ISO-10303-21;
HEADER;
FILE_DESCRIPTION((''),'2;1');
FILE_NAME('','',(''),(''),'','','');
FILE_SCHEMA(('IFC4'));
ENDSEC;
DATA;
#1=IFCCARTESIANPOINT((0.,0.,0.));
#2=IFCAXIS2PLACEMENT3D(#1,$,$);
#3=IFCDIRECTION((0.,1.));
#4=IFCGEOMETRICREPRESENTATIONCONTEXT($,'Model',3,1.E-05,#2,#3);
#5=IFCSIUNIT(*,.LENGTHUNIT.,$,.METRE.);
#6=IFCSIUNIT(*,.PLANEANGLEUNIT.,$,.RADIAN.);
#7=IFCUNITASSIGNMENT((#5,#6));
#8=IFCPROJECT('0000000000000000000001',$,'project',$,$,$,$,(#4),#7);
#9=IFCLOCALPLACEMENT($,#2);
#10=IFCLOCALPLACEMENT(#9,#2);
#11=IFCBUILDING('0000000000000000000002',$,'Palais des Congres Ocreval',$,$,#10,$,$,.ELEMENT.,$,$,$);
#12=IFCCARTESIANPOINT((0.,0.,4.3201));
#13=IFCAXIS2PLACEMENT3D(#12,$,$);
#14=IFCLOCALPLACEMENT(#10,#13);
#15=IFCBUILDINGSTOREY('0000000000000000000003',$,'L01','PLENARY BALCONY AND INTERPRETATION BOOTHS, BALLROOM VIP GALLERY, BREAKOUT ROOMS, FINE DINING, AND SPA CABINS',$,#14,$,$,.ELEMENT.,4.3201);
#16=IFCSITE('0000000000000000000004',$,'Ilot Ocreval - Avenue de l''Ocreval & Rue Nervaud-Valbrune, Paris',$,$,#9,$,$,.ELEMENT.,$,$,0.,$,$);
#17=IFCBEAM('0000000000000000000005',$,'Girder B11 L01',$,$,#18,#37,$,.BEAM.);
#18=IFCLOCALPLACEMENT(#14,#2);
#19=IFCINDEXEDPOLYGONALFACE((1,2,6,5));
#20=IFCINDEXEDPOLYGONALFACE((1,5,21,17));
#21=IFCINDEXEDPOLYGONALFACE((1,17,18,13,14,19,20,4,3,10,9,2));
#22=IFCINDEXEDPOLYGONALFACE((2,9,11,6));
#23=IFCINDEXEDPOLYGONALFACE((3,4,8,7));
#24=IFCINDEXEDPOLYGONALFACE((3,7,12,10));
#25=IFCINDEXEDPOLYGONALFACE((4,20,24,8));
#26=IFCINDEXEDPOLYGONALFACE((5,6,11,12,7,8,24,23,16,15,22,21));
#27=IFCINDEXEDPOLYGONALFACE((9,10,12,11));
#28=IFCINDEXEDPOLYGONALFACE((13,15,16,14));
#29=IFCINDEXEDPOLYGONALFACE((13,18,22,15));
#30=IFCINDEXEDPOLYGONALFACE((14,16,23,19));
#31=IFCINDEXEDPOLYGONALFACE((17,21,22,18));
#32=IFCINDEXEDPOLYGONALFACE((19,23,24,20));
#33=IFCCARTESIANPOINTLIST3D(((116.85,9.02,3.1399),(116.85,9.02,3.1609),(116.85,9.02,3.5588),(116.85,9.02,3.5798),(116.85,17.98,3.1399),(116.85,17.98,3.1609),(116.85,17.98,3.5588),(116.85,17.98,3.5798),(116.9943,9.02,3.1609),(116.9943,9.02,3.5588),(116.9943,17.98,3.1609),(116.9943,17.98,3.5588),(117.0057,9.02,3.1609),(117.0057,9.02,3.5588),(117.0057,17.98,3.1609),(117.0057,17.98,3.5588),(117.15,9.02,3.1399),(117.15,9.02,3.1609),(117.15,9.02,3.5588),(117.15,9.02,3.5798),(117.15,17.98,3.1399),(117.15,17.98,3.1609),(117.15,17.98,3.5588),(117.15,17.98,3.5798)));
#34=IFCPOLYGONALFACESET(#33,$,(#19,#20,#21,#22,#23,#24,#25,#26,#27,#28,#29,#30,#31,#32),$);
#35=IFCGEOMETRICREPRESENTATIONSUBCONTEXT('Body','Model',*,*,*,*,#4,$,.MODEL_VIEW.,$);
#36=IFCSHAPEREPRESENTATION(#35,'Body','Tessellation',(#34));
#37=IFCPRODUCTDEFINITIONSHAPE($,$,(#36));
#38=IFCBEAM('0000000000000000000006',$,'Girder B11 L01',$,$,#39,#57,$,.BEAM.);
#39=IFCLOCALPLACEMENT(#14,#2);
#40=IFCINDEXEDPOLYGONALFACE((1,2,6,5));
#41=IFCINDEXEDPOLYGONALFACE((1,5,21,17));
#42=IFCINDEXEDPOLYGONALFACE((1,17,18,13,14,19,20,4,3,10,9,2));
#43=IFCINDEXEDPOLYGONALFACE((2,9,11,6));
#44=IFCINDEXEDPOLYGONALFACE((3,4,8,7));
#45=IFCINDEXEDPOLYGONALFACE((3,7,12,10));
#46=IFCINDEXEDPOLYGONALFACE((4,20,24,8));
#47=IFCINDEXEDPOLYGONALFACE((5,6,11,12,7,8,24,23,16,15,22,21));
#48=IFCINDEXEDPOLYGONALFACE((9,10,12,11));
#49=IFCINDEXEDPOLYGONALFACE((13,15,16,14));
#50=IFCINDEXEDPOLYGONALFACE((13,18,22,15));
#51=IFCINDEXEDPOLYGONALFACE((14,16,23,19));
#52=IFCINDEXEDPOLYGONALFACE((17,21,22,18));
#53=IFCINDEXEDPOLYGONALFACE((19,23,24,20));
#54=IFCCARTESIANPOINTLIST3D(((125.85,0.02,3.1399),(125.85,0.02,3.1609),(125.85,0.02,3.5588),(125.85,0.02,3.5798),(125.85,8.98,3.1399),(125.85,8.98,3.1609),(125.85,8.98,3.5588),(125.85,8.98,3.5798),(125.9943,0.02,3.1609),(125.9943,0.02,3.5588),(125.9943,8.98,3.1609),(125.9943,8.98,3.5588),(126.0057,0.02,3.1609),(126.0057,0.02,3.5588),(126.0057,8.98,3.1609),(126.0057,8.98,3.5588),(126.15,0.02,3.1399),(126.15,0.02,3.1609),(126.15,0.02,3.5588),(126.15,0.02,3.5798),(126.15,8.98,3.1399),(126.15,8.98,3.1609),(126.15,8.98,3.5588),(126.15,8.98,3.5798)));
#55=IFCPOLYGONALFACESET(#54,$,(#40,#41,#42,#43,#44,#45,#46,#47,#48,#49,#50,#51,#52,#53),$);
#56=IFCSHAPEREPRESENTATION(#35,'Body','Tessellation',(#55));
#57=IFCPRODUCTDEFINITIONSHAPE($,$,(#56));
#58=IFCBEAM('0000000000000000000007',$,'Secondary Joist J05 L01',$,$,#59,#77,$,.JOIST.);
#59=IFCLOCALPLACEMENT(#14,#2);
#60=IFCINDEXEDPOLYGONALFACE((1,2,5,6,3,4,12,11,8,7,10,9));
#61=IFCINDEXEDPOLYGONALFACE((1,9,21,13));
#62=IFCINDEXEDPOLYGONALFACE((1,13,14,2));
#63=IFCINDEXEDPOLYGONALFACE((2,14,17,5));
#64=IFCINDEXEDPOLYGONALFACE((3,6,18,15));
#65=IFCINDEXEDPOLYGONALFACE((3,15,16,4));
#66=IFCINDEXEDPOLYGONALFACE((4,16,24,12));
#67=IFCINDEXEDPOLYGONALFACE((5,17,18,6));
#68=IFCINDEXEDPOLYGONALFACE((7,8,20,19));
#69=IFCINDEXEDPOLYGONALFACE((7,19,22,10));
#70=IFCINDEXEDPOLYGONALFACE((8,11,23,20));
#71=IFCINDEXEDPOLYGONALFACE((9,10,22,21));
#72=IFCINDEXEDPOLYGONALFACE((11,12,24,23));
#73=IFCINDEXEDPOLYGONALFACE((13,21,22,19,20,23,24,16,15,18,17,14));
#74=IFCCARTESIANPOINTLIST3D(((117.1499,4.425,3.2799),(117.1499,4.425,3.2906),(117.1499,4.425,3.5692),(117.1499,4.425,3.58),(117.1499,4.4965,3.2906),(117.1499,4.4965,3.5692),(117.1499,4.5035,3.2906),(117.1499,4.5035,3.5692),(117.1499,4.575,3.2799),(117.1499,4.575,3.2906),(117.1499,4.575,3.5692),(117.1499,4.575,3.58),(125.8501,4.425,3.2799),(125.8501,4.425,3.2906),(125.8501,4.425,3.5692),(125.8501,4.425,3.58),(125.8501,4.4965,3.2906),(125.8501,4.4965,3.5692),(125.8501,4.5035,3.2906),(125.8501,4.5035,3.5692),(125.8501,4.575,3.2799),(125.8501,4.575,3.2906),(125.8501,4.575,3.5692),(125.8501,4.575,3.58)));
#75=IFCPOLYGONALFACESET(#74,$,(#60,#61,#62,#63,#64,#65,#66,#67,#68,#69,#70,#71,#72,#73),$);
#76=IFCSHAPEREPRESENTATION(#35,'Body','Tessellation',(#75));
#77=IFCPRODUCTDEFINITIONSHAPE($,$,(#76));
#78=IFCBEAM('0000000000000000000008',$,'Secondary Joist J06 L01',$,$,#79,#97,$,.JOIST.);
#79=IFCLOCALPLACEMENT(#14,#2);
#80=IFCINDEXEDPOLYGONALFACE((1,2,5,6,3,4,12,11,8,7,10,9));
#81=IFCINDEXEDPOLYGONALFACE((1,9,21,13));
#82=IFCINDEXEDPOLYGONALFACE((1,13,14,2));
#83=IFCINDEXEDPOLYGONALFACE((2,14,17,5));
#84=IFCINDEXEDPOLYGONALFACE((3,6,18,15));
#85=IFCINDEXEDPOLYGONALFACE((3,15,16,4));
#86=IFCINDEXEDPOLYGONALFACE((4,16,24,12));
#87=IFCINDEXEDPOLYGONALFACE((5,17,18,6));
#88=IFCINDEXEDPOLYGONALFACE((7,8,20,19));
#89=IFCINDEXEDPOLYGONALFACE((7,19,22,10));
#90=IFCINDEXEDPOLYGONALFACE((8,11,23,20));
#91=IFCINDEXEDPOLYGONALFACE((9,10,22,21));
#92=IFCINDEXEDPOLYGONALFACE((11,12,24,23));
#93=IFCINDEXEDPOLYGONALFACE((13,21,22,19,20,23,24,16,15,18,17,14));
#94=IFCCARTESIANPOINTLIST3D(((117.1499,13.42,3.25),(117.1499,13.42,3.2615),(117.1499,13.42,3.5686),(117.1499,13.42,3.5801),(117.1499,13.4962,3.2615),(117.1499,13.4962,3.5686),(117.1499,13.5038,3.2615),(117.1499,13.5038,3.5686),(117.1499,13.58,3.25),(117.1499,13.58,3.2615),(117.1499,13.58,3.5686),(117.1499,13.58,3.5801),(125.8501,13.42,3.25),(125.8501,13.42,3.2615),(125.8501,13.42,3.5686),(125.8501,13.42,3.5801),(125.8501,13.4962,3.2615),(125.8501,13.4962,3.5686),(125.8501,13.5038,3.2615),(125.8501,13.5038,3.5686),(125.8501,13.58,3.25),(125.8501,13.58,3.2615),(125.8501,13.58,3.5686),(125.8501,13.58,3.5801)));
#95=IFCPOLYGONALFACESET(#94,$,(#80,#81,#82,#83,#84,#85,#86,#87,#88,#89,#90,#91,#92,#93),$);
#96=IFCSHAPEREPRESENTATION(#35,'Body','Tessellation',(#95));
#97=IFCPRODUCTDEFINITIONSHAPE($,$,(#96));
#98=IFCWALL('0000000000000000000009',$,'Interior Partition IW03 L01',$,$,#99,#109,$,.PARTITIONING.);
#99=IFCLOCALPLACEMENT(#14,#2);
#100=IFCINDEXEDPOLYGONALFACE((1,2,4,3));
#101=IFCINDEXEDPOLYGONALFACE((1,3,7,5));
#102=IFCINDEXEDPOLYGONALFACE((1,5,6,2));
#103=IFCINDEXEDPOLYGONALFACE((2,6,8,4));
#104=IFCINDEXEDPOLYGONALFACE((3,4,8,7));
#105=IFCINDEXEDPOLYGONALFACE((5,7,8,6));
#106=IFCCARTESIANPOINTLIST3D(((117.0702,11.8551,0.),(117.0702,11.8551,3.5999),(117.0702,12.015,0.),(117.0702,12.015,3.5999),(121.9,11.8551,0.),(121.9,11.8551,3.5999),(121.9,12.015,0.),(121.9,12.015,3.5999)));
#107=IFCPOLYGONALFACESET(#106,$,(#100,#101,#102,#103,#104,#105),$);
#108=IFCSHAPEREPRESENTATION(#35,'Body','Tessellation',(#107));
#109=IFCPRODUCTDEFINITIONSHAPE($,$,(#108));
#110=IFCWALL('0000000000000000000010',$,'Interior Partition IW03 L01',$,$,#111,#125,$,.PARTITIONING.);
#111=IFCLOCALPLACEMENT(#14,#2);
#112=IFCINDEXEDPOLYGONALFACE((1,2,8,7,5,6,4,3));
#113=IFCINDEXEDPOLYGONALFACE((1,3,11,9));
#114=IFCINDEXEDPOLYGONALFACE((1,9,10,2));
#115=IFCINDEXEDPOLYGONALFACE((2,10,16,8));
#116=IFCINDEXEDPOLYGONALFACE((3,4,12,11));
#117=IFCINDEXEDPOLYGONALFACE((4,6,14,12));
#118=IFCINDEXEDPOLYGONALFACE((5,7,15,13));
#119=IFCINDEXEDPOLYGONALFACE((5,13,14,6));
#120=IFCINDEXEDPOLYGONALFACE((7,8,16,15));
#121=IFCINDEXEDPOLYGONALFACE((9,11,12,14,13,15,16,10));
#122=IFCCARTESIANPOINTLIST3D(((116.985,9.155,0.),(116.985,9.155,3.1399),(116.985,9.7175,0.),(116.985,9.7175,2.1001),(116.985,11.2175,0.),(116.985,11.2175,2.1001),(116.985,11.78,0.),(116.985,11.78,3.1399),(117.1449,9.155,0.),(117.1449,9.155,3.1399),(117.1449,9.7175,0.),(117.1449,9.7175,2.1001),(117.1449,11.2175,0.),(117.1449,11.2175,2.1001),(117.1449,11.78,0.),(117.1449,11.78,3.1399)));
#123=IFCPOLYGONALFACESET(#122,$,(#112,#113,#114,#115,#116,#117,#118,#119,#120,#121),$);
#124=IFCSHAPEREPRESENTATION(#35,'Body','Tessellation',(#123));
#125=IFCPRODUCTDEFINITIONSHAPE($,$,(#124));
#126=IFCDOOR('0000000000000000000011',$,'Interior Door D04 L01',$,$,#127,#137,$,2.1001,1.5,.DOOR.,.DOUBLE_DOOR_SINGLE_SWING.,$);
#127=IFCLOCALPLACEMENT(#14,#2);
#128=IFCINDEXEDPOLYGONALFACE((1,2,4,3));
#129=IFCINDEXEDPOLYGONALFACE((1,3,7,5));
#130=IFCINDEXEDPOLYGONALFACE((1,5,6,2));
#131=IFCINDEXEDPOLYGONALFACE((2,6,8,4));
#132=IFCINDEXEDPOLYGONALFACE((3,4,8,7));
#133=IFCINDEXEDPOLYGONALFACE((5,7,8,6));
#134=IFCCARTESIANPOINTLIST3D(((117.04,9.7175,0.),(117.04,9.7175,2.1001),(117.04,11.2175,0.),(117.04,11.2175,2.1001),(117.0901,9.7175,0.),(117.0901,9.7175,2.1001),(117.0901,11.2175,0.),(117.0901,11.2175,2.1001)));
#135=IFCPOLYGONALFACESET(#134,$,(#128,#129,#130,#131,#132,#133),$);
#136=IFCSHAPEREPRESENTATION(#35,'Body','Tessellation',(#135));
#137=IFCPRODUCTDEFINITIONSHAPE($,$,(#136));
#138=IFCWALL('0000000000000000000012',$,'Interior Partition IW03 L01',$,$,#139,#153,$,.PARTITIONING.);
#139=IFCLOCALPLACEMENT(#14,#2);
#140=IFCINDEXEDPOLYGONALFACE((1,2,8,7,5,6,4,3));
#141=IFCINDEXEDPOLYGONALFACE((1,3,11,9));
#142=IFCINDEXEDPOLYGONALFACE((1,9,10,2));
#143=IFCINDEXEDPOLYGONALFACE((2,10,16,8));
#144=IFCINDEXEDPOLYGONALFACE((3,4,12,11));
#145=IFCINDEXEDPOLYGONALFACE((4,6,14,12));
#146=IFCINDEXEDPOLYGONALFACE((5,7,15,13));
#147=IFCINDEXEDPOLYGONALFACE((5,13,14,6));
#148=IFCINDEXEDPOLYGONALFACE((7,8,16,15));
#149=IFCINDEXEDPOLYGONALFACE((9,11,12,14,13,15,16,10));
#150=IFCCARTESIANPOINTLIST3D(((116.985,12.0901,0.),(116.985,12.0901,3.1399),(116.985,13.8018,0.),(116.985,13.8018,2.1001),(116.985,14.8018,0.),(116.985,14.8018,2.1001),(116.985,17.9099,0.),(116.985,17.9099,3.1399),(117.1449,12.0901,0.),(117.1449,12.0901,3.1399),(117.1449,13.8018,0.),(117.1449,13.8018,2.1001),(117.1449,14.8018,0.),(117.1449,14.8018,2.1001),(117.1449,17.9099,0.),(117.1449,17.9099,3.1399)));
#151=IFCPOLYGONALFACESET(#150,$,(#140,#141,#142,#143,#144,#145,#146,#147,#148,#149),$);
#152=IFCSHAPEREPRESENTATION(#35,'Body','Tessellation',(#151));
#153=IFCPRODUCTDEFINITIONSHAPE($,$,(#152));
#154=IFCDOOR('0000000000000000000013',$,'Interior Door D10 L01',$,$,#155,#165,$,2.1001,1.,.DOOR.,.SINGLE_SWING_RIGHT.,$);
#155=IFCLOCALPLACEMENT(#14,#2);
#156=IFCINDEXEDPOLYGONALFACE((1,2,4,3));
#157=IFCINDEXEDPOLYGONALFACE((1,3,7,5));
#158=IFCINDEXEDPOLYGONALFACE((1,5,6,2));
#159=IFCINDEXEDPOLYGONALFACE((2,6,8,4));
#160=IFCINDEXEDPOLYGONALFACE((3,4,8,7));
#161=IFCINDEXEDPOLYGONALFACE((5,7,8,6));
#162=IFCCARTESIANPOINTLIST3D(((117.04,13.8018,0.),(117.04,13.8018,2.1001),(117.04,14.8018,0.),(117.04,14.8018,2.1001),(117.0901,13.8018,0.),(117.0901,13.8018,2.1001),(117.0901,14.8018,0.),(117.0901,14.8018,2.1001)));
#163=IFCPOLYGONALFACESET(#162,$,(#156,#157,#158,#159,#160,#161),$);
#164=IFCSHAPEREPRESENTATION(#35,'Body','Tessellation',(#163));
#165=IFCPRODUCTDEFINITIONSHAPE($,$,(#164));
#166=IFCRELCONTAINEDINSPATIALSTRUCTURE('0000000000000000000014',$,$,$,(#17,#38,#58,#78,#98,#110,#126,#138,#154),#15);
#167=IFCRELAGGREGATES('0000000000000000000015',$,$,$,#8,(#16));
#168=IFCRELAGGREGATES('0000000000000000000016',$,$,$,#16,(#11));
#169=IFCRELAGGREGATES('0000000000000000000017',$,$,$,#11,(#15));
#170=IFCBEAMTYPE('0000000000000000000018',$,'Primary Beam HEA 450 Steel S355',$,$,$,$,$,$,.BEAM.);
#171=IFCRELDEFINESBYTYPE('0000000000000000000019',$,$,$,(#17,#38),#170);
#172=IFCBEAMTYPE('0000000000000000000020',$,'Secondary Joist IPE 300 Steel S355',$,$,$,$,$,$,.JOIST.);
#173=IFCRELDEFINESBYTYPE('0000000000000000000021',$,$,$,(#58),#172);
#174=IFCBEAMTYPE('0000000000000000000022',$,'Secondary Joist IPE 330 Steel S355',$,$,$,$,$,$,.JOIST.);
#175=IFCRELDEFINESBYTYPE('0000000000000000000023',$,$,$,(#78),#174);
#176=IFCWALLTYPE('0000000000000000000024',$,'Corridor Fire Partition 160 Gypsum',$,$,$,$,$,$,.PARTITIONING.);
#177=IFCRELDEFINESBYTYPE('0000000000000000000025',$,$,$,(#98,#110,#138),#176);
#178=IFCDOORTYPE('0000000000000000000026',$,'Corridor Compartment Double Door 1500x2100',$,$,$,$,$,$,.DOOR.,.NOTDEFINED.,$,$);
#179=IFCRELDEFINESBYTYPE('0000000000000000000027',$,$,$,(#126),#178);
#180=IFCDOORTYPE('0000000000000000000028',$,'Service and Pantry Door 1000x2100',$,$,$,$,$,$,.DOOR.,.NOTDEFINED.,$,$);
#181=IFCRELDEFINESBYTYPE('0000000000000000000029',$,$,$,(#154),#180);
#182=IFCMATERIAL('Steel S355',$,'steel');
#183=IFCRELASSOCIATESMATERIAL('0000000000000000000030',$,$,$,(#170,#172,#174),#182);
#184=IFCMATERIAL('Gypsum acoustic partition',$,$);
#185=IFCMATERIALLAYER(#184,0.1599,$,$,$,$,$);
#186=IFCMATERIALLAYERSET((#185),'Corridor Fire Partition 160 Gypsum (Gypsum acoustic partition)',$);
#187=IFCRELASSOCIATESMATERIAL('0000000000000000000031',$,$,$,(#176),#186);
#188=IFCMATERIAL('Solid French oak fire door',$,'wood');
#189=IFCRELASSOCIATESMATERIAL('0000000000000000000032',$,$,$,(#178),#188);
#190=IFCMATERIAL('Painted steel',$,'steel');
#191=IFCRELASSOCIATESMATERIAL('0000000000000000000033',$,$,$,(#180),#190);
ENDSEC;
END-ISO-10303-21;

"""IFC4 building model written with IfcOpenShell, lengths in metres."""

from ifc_helpers import new_model, si_unit, direction, frame, frame_2d, origin, origin_2d, place, context, subcontext, project, spatial, rectangle, i_section, extrude, material, layer, layer_set, material_profile, profile_set, type_object, element, fill, save


model = new_model("IFC4")

# Units and contexts
model_context = context("Model", 3, precision=1e-05, world=origin(), true_north=direction((0.0, 1.0)))
body_context = subcontext(model_context, "Body", "Model", "MODEL_VIEW")
ifc_project = project(units=[si_unit("LENGTHUNIT", "METRE"), si_unit("PLANEANGLEUNIT", "RADIAN")], contexts=[model_context])

# Site, building, storey
site_placement = place(None, origin())
site = spatial("IfcSite", under=ifc_project, at=site_placement, Name="Ilot Ocreval - Avenue de l'Ocreval & Rue Nervaud-Valbrune, Paris", CompositionType="ELEMENT", RefElevation=0.0)
building_placement = place(site_placement, origin())
building = spatial("IfcBuilding", under=site, at=building_placement, Name="Palais des Congres Ocreval", CompositionType="ELEMENT")
storey_placement = place(building_placement, frame((0.0, 0.0, 4.3201)))
storey = spatial("IfcBuildingStorey", under=building, at=storey_placement, Name="L01", Description="PLENARY BALCONY AND INTERPRETATION BOOTHS, BALLROOM VIP GALLERY, BREAKOUT ROOMS, FINE DINING, AND SPA CABINS", CompositionType="ELEMENT", Elevation=4.3201)

# Shared definitions
ifc_material_1 = material(Name="Steel S355", Category="steel")

# Beams
ifc_material_profile_1 = material_profile(ifc_material_1, i_section(OverallWidth=0.3, OverallDepth=0.4399, WebThickness=0.0115, FlangeThickness=0.021, at=origin_2d()), Name="HEA 450")
ifc_profile_set_1 = profile_set([ifc_material_profile_1], Name="Steel S355")
beam_type_1 = type_object("IfcBeamType", Name="Primary Beam HEA 450 Steel S355", PredefinedType="BEAM", material=ifc_profile_set_1)
for number, where, z_axis, x_axis, name in (
    (1, (117.0, 9.02, 3.3599), (0.0, 1.0, 0.0), (-1.0, 0.0, 0.0), "Girder B11 L01"),
    (2, (126.0, 0.02, 3.3599), (0.0, 1.0, 0.0), (-1.0, 0.0, 0.0), "Girder B11 L01"),
):
    element("IfcBeam", number, at=place(storey_placement, frame(where, z_axis=z_axis, x_axis=x_axis)), inside=storey, type_object=beam_type_1, Name=name, PredefinedType="BEAM", context=body_context, shape_type="SweptSolid", body=[
        extrude(i_section(OverallWidth=0.3, OverallDepth=0.4399, WebThickness=0.0115, FlangeThickness=0.021, at=origin_2d()), origin(), (0.0, 0.0, 1.0), 8.96),
    ])
ifc_material_profile_2 = material_profile(ifc_material_1, i_section(OverallWidth=0.1499, OverallDepth=0.3, WebThickness=0.0071, FlangeThickness=0.0107, at=origin_2d()), Name="IPE 300")
ifc_profile_set_2 = profile_set([ifc_material_profile_2], Name="Steel S355")
beam_type_2 = type_object("IfcBeamType", Name="Secondary Joist IPE 300 Steel S355", PredefinedType="JOIST", material=ifc_profile_set_2)
beam_1_placement = place(storey_placement, frame((117.1499, 4.5, 3.4299), z_axis=(1.0, 0.0, 0.0), x_axis=(0.0, 1.0, 0.0)))
element("IfcBeam", 3, at=beam_1_placement, inside=storey, type_object=beam_type_2, Name="Secondary Joist J05 L01", PredefinedType="JOIST", context=body_context, shape_type="SweptSolid", body=[
    extrude(i_section(OverallWidth=0.1499, OverallDepth=0.3, WebThickness=0.0071, FlangeThickness=0.0107, at=origin_2d()), origin(), (0.0, 0.0, 1.0), 8.7002),
])
ifc_material_profile_3 = material_profile(ifc_material_1, i_section(OverallWidth=0.1599, OverallDepth=0.3301, WebThickness=0.0076, FlangeThickness=0.0115, at=origin_2d()), Name="IPE 330")
ifc_profile_set_3 = profile_set([ifc_material_profile_3], Name="Steel S355")
beam_type_3 = type_object("IfcBeamType", Name="Secondary Joist IPE 330 Steel S355", PredefinedType="JOIST", material=ifc_profile_set_3)
beam_2_placement = place(storey_placement, frame((117.1499, 13.5, 3.415), z_axis=(1.0, 0.0, 0.0), x_axis=(0.0, 1.0, 0.0)))
element("IfcBeam", 4, at=beam_2_placement, inside=storey, type_object=beam_type_3, Name="Secondary Joist J06 L01", PredefinedType="JOIST", context=body_context, shape_type="SweptSolid", body=[
    extrude(i_section(OverallWidth=0.1599, OverallDepth=0.3301, WebThickness=0.0076, FlangeThickness=0.0115, at=origin_2d()), origin(), (0.0, 0.0, 1.0), 8.7002),
])

# Wall
ifc_material_2 = material(Name="Gypsum acoustic partition")
ifc_layer_1 = layer(ifc_material_2, 0.1599)
ifc_layer_set_1 = layer_set([ifc_layer_1], Name="Corridor Fire Partition 160 Gypsum (Gypsum acoustic partition)")
wall_type_1 = type_object("IfcWallType", Name="Corridor Fire Partition 160 Gypsum", PredefinedType="PARTITIONING", material=ifc_layer_set_1)
wall_1_placement = place(storey_placement, frame((117.0701, 11.9351, 0.0), z_axis=(0.0, 0.0, 1.0), x_axis=(1.0, 0.0, 0.0)))
element("IfcWall", 5, at=wall_1_placement, inside=storey, type_object=wall_type_1, Name="Interior Partition IW03 L01", PredefinedType="PARTITIONING", context=body_context, shape_type="SweptSolid", body=[
    extrude(rectangle(XDim=4.8298, YDim=0.1599, at=frame_2d((2.415, 0.0))), origin(), (0.0, 0.0, 1.0), 3.5999),
])

# Walls, openings, doors
wall_2_placement = place(storey_placement, frame((117.0649, 9.155, 0.0), z_axis=(0.0, 0.0, 1.0), x_axis=(0.0, 1.0, 0.0)))
wall_2 = element("IfcWall", 6, at=wall_2_placement, inside=storey, type_object=wall_type_1, Name="Interior Partition IW03 L01", PredefinedType="PARTITIONING", context=body_context, shape_type="SweptSolid", body=[
    extrude(rectangle(XDim=2.625, YDim=0.1599, at=frame_2d((1.3125, 0.0))), origin(), (0.0, 0.0, 1.0), 3.1399),
])
opening_1_placement = place(wall_2_placement, frame((0.5625, 0.0, 0.0)))
opening_1 = element("IfcOpeningElement", 7, at=opening_1_placement, cuts=wall_2, PredefinedType="OPENING", context=body_context, shape_type="SweptSolid", body=[
    extrude(rectangle(XDim=1.5, YDim=2.1001, at=frame_2d((0.75, 1.05))), frame((0.0, 0.0898, 0.0), z_axis=(0.0, -1.0, 0.0), x_axis=(1.0, 0.0, 0.0)), (0.0, 0.0, 1.0), 0.1799),
])
ifc_material_3 = material(Name="Solid French oak fire door", Category="wood")
door_type_1 = type_object("IfcDoorType", Name="Corridor Compartment Double Door 1500x2100", OperationType="NOTDEFINED", PredefinedType="DOOR", material=ifc_material_3)
door_1_placement = place(opening_1_placement, origin())
door_1 = element("IfcDoor", 8, at=door_1_placement, inside=storey, type_object=door_type_1, Name="Interior Door D04 L01", OperationType="DOUBLE_DOOR_SINGLE_SWING", OverallHeight=2.1001, OverallWidth=1.5, PredefinedType="DOOR", context=body_context, shape_type="SweptSolid", body=[
    extrude(rectangle(XDim=1.5, YDim=2.1001, at=frame_2d((0.75, 1.05))), frame((0.0, 0.0249, 0.0), z_axis=(0.0, -1.0, 0.0), x_axis=(1.0, 0.0, 0.0)), (0.0, 0.0, 1.0), 0.05),
])
fill(opening_1, door_1)
wall_3_placement = place(storey_placement, frame((117.0649, 12.0901, 0.0), z_axis=(0.0, 0.0, 1.0), x_axis=(0.0, 1.0, 0.0)))
wall_3 = element("IfcWall", 9, at=wall_3_placement, inside=storey, type_object=wall_type_1, Name="Interior Partition IW03 L01", PredefinedType="PARTITIONING", context=body_context, shape_type="SweptSolid", body=[
    extrude(rectangle(XDim=5.8198, YDim=0.1599, at=frame_2d((2.9099, 0.0))), origin(), (0.0, 0.0, 1.0), 3.1399),
])
opening_2_placement = place(wall_3_placement, frame((1.7117, 0.0, 0.0)))
opening_2 = element("IfcOpeningElement", 10, at=opening_2_placement, cuts=wall_3, PredefinedType="OPENING", context=body_context, shape_type="SweptSolid", body=[
    extrude(rectangle(XDim=1.0, YDim=2.1001, at=frame_2d((0.5, 1.05))), frame((0.0, 0.0898, 0.0), z_axis=(0.0, -1.0, 0.0), x_axis=(1.0, 0.0, 0.0)), (0.0, 0.0, 1.0), 0.1799),
])
ifc_material_4 = material(Name="Painted steel", Category="steel")
door_type_2 = type_object("IfcDoorType", Name="Service and Pantry Door 1000x2100", OperationType="NOTDEFINED", PredefinedType="DOOR", material=ifc_material_4)
door_2_placement = place(opening_2_placement, origin())
door_2 = element("IfcDoor", 11, at=door_2_placement, inside=storey, type_object=door_type_2, Name="Interior Door D10 L01", OperationType="SINGLE_SWING_RIGHT", OverallHeight=2.1001, OverallWidth=1.0, PredefinedType="DOOR", context=body_context, shape_type="SweptSolid", body=[
    extrude(rectangle(XDim=1.0, YDim=2.1001, at=frame_2d((0.5, 1.05))), frame((0.0, 0.0249, 0.0), z_axis=(0.0, -1.0, 0.0), x_axis=(1.0, 0.0, 0.0)), (0.0, 0.0, 1.0), 0.05),
])
fill(opening_2, door_2)

save(model, "model.ifc")
